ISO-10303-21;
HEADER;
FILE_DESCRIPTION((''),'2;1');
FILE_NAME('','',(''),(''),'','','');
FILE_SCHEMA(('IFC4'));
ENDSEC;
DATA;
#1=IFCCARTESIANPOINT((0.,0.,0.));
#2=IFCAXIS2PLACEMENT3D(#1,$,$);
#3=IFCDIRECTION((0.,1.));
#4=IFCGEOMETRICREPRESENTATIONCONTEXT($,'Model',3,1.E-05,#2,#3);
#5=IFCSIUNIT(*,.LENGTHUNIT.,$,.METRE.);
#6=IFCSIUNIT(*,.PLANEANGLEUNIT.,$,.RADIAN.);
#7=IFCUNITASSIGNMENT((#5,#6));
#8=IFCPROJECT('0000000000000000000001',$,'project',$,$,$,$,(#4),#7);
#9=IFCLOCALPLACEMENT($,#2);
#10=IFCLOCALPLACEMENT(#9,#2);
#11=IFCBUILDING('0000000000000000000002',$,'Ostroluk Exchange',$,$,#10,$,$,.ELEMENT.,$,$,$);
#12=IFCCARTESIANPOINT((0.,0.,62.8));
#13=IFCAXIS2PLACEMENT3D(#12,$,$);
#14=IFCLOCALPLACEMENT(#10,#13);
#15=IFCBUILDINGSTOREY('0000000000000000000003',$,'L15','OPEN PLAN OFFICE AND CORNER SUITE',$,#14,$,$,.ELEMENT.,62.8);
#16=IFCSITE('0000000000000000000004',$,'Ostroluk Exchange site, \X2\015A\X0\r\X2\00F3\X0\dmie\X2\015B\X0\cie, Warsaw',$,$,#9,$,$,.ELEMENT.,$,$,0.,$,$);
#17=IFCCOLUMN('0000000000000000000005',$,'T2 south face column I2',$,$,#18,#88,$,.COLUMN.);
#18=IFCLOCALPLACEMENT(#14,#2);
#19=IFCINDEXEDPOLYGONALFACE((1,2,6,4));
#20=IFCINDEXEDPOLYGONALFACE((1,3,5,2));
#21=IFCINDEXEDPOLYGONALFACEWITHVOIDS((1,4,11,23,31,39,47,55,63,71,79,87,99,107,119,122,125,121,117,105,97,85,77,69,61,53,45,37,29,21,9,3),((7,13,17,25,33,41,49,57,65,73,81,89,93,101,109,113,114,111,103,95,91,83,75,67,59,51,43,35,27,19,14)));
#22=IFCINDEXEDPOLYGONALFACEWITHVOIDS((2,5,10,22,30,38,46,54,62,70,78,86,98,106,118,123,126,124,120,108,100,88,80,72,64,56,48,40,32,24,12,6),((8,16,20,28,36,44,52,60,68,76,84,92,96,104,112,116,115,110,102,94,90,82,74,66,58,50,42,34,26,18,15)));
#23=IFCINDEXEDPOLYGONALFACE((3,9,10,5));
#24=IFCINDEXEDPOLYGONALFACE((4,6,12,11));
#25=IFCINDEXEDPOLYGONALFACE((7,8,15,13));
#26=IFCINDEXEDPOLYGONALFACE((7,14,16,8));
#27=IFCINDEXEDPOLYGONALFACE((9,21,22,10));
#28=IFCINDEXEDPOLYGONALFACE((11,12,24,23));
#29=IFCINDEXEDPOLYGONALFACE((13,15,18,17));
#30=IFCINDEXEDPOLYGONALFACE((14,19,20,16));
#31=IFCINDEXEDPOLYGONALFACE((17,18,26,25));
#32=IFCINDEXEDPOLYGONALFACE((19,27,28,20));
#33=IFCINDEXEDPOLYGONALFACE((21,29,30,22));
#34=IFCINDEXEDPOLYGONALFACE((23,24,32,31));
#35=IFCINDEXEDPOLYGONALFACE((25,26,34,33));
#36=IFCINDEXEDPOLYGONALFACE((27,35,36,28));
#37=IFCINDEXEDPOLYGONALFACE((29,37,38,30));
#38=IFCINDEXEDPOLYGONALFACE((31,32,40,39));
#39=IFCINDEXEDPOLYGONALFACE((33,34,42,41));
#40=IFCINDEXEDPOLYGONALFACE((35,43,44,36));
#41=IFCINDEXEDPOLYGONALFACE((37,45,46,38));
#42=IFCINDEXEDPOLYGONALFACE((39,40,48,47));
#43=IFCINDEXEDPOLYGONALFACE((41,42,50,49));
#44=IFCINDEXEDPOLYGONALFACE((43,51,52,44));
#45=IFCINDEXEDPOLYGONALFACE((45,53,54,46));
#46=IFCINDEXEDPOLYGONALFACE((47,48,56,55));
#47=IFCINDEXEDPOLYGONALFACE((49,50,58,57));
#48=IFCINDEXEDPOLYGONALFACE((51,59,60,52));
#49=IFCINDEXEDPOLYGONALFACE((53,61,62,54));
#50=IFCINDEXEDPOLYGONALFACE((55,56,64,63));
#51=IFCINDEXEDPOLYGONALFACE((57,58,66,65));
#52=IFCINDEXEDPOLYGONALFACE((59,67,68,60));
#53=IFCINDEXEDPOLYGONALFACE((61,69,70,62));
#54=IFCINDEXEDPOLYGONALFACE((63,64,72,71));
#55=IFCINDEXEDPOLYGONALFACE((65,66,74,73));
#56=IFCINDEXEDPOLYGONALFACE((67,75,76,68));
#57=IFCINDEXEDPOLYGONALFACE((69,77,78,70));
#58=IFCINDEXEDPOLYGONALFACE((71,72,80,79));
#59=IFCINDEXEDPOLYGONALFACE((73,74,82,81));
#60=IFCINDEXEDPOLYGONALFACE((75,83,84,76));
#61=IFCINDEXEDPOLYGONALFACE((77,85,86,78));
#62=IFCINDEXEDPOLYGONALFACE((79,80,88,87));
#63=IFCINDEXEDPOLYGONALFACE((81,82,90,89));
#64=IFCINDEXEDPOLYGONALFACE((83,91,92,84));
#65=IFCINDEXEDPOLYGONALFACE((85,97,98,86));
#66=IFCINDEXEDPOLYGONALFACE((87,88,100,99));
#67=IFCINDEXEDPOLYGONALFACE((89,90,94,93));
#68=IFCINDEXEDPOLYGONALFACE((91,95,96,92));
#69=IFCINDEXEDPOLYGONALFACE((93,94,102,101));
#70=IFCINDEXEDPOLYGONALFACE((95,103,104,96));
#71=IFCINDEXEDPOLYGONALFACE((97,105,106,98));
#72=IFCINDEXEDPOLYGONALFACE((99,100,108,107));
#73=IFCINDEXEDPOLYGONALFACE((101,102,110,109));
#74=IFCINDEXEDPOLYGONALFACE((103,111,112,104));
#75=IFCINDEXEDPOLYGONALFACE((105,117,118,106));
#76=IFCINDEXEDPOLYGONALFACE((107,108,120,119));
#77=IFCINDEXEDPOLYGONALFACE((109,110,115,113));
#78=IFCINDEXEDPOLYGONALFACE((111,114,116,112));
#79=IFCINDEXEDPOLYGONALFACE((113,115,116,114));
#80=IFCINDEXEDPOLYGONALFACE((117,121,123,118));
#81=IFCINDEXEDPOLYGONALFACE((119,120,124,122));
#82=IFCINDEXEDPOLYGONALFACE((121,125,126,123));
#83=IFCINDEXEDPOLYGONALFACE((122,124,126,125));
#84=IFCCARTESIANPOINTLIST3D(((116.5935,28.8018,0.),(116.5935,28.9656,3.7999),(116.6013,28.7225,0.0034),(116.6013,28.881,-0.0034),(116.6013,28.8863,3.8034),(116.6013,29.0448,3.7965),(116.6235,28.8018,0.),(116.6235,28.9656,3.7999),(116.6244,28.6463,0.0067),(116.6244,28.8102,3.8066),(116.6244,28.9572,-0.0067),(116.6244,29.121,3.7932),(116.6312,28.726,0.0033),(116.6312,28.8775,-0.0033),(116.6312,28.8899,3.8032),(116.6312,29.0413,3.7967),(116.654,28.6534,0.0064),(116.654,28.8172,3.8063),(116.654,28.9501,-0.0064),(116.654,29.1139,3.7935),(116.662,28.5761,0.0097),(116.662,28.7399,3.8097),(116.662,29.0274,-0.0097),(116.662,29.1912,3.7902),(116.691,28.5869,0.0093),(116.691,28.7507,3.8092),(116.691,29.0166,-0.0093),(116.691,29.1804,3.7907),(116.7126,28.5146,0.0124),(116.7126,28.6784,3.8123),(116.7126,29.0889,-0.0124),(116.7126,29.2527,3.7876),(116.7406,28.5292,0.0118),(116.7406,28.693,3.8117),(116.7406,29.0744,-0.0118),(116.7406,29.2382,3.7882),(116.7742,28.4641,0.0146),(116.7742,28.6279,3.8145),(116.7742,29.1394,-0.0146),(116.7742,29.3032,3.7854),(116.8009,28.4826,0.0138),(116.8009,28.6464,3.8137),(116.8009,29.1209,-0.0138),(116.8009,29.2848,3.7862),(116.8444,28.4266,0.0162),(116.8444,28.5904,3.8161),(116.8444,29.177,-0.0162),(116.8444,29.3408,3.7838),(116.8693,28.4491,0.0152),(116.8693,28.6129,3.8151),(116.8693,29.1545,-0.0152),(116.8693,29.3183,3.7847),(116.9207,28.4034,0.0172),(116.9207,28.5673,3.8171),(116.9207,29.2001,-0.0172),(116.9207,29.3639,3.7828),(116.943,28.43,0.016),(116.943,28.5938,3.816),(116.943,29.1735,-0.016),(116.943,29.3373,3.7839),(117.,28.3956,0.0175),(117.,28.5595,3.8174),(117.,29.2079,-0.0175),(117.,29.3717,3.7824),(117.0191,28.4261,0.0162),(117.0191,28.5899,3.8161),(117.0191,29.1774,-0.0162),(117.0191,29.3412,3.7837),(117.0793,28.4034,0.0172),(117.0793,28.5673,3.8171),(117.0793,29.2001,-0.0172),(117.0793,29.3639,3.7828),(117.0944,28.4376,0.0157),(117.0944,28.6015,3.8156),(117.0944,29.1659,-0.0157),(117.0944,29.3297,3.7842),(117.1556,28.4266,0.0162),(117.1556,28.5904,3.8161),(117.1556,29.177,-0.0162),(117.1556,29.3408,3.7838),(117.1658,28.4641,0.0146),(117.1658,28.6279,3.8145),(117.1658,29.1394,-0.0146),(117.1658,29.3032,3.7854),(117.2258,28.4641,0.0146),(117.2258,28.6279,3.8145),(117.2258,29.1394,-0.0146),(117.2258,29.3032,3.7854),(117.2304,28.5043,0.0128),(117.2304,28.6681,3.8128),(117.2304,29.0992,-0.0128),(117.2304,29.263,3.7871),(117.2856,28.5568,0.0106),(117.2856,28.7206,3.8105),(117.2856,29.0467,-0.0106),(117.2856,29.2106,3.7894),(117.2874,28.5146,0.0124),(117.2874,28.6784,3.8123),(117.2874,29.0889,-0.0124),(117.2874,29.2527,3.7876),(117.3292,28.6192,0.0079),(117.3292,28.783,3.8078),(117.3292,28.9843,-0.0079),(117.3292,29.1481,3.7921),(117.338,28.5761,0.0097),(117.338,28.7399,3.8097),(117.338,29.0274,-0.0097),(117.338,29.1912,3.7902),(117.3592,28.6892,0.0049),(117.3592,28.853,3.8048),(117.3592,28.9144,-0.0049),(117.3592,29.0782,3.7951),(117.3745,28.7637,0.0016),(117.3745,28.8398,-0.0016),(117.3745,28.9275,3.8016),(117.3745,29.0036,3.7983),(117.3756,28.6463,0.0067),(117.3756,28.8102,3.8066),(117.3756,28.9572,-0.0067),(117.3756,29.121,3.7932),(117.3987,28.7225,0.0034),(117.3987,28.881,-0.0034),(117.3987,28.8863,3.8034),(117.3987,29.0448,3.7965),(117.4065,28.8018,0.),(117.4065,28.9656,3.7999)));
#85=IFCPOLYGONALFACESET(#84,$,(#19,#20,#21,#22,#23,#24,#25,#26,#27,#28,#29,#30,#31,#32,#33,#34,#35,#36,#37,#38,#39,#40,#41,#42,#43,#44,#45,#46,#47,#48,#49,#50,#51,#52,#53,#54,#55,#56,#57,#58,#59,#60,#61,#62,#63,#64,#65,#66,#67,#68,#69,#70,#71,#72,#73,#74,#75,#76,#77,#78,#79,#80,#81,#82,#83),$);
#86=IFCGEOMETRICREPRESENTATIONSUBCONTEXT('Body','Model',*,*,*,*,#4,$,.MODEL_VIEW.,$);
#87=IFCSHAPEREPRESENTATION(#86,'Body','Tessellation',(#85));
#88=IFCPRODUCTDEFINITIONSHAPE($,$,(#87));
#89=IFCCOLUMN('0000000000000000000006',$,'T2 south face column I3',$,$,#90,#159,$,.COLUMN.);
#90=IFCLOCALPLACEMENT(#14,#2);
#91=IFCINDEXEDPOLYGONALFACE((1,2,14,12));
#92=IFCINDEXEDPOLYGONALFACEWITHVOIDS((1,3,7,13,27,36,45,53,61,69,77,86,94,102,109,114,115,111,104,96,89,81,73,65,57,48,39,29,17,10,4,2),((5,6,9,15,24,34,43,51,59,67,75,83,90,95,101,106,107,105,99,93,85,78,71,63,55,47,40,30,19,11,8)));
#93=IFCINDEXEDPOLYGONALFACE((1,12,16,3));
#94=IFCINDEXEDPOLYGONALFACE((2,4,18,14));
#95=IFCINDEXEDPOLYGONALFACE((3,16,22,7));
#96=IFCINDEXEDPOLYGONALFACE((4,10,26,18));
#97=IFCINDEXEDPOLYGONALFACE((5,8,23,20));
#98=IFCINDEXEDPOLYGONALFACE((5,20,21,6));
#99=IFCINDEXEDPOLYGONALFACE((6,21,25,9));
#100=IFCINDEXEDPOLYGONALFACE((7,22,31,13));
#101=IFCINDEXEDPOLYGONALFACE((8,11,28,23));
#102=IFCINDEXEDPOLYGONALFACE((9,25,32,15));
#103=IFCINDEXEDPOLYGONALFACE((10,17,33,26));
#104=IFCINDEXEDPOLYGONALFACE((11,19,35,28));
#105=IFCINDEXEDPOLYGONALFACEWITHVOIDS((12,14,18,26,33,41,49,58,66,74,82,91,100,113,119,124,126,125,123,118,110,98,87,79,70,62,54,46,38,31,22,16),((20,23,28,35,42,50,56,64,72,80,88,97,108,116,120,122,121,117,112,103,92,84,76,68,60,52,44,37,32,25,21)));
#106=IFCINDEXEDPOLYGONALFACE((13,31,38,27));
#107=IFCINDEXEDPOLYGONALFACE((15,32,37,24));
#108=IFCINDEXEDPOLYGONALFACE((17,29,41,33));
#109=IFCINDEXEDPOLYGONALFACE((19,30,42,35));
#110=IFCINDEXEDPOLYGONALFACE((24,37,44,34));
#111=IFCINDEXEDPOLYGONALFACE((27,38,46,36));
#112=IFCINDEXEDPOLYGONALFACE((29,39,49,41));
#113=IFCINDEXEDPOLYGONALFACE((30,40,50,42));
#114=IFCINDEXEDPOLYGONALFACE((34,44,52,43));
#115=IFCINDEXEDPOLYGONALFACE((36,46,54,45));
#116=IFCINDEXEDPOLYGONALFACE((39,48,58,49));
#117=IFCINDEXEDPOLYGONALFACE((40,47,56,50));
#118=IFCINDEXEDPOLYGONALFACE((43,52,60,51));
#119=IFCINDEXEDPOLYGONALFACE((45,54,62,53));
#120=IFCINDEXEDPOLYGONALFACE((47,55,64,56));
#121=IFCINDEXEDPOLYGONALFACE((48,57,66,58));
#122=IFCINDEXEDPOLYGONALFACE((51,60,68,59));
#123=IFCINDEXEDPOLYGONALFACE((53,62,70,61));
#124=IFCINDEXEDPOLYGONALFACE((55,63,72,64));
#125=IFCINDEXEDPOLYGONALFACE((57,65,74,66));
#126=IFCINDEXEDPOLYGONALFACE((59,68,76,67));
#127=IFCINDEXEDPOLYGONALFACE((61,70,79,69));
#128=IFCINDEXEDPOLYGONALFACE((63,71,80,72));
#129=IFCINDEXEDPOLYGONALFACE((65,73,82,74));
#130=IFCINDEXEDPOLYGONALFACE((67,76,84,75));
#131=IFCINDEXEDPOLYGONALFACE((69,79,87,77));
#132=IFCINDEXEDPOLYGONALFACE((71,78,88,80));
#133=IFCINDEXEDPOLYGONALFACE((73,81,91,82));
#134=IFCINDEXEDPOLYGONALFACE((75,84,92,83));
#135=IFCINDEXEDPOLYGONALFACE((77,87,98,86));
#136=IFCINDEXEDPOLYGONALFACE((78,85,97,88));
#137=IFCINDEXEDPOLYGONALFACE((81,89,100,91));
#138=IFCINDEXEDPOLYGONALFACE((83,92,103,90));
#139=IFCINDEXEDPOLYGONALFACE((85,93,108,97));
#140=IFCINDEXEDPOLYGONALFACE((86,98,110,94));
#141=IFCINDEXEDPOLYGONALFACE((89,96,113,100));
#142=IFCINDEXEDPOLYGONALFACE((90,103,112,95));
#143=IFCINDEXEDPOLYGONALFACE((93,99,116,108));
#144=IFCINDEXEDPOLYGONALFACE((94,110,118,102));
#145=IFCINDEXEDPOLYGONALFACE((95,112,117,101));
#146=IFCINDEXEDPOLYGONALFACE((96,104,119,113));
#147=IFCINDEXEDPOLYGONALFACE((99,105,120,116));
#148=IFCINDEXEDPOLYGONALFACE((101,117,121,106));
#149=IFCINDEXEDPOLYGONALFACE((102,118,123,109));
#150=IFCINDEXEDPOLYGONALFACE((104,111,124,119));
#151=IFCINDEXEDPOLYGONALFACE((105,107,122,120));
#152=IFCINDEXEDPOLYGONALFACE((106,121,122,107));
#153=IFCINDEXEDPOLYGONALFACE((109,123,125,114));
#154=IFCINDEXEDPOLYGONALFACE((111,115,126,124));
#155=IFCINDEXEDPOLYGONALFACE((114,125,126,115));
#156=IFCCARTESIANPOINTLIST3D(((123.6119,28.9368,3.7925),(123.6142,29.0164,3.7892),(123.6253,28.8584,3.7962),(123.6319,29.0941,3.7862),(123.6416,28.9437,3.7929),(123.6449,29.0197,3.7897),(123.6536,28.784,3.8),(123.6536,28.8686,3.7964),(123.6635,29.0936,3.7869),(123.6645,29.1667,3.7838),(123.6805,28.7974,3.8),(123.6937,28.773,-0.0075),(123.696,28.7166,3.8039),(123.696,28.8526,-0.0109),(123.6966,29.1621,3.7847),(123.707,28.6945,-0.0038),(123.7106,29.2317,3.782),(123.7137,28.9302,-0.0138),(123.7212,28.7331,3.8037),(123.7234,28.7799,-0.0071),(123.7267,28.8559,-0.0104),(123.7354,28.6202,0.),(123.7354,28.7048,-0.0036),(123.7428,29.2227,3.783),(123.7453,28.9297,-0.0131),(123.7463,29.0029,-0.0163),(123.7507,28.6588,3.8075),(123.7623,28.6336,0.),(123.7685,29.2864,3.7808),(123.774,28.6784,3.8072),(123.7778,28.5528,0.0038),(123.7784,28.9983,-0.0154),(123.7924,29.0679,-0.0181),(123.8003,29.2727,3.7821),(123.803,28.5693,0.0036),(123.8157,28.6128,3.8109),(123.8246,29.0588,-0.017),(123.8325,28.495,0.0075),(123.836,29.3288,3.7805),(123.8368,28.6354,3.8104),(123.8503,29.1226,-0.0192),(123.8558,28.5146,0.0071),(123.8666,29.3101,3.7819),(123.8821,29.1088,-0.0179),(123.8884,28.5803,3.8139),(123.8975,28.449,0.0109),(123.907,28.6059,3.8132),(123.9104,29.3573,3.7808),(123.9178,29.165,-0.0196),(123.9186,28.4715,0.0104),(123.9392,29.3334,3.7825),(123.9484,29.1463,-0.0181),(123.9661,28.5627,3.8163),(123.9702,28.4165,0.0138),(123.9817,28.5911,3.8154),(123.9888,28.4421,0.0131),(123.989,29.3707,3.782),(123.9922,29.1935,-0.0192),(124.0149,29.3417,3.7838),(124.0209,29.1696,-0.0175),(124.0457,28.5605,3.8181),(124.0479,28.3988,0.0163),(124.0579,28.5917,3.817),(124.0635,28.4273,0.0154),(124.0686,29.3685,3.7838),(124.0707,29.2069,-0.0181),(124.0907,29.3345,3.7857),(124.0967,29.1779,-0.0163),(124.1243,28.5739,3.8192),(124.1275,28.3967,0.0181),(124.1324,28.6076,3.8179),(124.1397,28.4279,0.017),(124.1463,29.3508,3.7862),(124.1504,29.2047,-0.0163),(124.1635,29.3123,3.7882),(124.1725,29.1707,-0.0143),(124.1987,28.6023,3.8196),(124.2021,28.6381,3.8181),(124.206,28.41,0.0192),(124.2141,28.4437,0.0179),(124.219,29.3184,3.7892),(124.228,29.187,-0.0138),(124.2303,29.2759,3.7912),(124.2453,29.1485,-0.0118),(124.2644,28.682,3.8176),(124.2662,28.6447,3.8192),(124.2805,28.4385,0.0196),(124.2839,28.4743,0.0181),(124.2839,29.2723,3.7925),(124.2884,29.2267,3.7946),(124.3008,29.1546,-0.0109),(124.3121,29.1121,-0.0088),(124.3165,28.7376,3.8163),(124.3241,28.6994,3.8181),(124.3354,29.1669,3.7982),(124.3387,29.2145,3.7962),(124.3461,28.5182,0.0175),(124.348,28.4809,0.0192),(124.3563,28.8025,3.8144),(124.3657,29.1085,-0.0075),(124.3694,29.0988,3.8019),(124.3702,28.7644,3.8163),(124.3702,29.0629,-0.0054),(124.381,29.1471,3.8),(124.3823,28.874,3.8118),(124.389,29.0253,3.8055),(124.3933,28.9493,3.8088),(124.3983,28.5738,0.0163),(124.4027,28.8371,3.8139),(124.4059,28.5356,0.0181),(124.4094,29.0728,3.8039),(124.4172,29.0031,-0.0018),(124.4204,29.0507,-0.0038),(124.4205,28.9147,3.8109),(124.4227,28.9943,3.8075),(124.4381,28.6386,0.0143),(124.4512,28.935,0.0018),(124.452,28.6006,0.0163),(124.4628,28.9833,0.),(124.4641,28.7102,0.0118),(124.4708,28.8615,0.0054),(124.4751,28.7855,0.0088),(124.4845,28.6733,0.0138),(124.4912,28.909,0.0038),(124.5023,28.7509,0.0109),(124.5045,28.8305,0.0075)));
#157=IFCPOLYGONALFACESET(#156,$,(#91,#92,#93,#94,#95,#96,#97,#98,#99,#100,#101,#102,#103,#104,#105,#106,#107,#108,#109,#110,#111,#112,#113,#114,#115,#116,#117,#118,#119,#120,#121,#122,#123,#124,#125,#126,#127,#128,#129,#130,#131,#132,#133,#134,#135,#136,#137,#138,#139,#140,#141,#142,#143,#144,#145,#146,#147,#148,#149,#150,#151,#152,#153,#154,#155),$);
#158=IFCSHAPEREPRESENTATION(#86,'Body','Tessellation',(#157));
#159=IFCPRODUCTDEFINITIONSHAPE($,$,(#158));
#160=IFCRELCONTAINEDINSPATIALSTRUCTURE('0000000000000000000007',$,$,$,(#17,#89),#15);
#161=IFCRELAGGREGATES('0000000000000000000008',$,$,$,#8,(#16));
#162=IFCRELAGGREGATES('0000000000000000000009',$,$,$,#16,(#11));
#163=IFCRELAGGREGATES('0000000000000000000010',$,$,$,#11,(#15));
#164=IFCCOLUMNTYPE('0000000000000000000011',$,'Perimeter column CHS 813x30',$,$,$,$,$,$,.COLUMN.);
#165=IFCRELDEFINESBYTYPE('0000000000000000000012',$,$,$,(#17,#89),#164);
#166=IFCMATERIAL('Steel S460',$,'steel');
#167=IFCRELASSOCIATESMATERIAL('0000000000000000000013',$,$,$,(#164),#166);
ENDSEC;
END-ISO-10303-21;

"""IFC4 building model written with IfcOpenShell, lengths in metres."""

from ifc_helpers import new_model, si_unit, direction, frame, origin, origin_2d, place, context, subcontext, project, spatial, hollow_circle, extrude, material, material_profile, profile_set, type_object, element, save


model = new_model("IFC4")

# Units and contexts
model_context = context("Model", 3, precision=1e-05, world=origin(), true_north=direction((0.0, 1.0)))
body_context = subcontext(model_context, "Body", "Model", "MODEL_VIEW")
ifc_project = project(units=[si_unit("LENGTHUNIT", "METRE"), si_unit("PLANEANGLEUNIT", "RADIAN")], contexts=[model_context])

# Site, building, storey
site_placement = place(None, origin())
site = spatial("IfcSite", under=ifc_project, at=site_placement, Name="Ostroluk Exchange site, Śródmieście, Warsaw", CompositionType="ELEMENT", RefElevation=0.0)
building_placement = place(site_placement, origin())
building = spatial("IfcBuilding", under=site, at=building_placement, Name="Ostroluk Exchange", CompositionType="ELEMENT")
storey_placement = place(building_placement, frame((0.0, 0.0, 62.8)))
storey = spatial("IfcBuildingStorey", under=building, at=storey_placement, Name="L15", Description="OPEN PLAN OFFICE AND CORNER SUITE", CompositionType="ELEMENT", Elevation=62.8)

# Columns
ifc_material_1 = material(Name="Steel S460", Category="steel")
ifc_material_profile_1 = material_profile(ifc_material_1, hollow_circle(Radius=0.4065, WallThickness=0.03, at=origin_2d()), Name="CHS 813x30")
ifc_profile_set_1 = profile_set([ifc_material_profile_1], Name="Steel S460")
column_type = type_object("IfcColumnType", Name="Perimeter column CHS 813x30", PredefinedType="COLUMN", material=ifc_profile_set_1)
column_1_placement = place(storey_placement, frame((117.0, 28.8018, 0.0), z_axis=(0.0, 0.04307, 0.999072), x_axis=(-1.0, 0.0, 0.0)))
element("IfcColumn", 1, at=column_1_placement, inside=storey, type_object=column_type, Name="T2 south face column I2", PredefinedType="COLUMN", context=body_context, shape_type="SweptSolid", body=[
    extrude(hollow_circle(Radius=0.4065, WallThickness=0.03, at=origin_2d()), origin(), (0.0, 0.0, 1.0), 3.8035),
])
column_2_placement = place(storey_placement, frame((124.0991, 28.8018, 0.0), z_axis=(-0.021498, 0.04306, 0.998841), x_axis=(-0.894694, -0.44668, 0.0)))
element("IfcColumn", 2, at=column_2_placement, inside=storey, type_object=column_type, Name="T2 south face column I3", PredefinedType="COLUMN", context=body_context, shape_type="SweptSolid", body=[
    extrude(hollow_circle(Radius=0.4065, WallThickness=0.03, at=origin_2d()), origin(), (0.0, 0.0, 1.0), 3.8044),
])

save(model, "model.ifc")
